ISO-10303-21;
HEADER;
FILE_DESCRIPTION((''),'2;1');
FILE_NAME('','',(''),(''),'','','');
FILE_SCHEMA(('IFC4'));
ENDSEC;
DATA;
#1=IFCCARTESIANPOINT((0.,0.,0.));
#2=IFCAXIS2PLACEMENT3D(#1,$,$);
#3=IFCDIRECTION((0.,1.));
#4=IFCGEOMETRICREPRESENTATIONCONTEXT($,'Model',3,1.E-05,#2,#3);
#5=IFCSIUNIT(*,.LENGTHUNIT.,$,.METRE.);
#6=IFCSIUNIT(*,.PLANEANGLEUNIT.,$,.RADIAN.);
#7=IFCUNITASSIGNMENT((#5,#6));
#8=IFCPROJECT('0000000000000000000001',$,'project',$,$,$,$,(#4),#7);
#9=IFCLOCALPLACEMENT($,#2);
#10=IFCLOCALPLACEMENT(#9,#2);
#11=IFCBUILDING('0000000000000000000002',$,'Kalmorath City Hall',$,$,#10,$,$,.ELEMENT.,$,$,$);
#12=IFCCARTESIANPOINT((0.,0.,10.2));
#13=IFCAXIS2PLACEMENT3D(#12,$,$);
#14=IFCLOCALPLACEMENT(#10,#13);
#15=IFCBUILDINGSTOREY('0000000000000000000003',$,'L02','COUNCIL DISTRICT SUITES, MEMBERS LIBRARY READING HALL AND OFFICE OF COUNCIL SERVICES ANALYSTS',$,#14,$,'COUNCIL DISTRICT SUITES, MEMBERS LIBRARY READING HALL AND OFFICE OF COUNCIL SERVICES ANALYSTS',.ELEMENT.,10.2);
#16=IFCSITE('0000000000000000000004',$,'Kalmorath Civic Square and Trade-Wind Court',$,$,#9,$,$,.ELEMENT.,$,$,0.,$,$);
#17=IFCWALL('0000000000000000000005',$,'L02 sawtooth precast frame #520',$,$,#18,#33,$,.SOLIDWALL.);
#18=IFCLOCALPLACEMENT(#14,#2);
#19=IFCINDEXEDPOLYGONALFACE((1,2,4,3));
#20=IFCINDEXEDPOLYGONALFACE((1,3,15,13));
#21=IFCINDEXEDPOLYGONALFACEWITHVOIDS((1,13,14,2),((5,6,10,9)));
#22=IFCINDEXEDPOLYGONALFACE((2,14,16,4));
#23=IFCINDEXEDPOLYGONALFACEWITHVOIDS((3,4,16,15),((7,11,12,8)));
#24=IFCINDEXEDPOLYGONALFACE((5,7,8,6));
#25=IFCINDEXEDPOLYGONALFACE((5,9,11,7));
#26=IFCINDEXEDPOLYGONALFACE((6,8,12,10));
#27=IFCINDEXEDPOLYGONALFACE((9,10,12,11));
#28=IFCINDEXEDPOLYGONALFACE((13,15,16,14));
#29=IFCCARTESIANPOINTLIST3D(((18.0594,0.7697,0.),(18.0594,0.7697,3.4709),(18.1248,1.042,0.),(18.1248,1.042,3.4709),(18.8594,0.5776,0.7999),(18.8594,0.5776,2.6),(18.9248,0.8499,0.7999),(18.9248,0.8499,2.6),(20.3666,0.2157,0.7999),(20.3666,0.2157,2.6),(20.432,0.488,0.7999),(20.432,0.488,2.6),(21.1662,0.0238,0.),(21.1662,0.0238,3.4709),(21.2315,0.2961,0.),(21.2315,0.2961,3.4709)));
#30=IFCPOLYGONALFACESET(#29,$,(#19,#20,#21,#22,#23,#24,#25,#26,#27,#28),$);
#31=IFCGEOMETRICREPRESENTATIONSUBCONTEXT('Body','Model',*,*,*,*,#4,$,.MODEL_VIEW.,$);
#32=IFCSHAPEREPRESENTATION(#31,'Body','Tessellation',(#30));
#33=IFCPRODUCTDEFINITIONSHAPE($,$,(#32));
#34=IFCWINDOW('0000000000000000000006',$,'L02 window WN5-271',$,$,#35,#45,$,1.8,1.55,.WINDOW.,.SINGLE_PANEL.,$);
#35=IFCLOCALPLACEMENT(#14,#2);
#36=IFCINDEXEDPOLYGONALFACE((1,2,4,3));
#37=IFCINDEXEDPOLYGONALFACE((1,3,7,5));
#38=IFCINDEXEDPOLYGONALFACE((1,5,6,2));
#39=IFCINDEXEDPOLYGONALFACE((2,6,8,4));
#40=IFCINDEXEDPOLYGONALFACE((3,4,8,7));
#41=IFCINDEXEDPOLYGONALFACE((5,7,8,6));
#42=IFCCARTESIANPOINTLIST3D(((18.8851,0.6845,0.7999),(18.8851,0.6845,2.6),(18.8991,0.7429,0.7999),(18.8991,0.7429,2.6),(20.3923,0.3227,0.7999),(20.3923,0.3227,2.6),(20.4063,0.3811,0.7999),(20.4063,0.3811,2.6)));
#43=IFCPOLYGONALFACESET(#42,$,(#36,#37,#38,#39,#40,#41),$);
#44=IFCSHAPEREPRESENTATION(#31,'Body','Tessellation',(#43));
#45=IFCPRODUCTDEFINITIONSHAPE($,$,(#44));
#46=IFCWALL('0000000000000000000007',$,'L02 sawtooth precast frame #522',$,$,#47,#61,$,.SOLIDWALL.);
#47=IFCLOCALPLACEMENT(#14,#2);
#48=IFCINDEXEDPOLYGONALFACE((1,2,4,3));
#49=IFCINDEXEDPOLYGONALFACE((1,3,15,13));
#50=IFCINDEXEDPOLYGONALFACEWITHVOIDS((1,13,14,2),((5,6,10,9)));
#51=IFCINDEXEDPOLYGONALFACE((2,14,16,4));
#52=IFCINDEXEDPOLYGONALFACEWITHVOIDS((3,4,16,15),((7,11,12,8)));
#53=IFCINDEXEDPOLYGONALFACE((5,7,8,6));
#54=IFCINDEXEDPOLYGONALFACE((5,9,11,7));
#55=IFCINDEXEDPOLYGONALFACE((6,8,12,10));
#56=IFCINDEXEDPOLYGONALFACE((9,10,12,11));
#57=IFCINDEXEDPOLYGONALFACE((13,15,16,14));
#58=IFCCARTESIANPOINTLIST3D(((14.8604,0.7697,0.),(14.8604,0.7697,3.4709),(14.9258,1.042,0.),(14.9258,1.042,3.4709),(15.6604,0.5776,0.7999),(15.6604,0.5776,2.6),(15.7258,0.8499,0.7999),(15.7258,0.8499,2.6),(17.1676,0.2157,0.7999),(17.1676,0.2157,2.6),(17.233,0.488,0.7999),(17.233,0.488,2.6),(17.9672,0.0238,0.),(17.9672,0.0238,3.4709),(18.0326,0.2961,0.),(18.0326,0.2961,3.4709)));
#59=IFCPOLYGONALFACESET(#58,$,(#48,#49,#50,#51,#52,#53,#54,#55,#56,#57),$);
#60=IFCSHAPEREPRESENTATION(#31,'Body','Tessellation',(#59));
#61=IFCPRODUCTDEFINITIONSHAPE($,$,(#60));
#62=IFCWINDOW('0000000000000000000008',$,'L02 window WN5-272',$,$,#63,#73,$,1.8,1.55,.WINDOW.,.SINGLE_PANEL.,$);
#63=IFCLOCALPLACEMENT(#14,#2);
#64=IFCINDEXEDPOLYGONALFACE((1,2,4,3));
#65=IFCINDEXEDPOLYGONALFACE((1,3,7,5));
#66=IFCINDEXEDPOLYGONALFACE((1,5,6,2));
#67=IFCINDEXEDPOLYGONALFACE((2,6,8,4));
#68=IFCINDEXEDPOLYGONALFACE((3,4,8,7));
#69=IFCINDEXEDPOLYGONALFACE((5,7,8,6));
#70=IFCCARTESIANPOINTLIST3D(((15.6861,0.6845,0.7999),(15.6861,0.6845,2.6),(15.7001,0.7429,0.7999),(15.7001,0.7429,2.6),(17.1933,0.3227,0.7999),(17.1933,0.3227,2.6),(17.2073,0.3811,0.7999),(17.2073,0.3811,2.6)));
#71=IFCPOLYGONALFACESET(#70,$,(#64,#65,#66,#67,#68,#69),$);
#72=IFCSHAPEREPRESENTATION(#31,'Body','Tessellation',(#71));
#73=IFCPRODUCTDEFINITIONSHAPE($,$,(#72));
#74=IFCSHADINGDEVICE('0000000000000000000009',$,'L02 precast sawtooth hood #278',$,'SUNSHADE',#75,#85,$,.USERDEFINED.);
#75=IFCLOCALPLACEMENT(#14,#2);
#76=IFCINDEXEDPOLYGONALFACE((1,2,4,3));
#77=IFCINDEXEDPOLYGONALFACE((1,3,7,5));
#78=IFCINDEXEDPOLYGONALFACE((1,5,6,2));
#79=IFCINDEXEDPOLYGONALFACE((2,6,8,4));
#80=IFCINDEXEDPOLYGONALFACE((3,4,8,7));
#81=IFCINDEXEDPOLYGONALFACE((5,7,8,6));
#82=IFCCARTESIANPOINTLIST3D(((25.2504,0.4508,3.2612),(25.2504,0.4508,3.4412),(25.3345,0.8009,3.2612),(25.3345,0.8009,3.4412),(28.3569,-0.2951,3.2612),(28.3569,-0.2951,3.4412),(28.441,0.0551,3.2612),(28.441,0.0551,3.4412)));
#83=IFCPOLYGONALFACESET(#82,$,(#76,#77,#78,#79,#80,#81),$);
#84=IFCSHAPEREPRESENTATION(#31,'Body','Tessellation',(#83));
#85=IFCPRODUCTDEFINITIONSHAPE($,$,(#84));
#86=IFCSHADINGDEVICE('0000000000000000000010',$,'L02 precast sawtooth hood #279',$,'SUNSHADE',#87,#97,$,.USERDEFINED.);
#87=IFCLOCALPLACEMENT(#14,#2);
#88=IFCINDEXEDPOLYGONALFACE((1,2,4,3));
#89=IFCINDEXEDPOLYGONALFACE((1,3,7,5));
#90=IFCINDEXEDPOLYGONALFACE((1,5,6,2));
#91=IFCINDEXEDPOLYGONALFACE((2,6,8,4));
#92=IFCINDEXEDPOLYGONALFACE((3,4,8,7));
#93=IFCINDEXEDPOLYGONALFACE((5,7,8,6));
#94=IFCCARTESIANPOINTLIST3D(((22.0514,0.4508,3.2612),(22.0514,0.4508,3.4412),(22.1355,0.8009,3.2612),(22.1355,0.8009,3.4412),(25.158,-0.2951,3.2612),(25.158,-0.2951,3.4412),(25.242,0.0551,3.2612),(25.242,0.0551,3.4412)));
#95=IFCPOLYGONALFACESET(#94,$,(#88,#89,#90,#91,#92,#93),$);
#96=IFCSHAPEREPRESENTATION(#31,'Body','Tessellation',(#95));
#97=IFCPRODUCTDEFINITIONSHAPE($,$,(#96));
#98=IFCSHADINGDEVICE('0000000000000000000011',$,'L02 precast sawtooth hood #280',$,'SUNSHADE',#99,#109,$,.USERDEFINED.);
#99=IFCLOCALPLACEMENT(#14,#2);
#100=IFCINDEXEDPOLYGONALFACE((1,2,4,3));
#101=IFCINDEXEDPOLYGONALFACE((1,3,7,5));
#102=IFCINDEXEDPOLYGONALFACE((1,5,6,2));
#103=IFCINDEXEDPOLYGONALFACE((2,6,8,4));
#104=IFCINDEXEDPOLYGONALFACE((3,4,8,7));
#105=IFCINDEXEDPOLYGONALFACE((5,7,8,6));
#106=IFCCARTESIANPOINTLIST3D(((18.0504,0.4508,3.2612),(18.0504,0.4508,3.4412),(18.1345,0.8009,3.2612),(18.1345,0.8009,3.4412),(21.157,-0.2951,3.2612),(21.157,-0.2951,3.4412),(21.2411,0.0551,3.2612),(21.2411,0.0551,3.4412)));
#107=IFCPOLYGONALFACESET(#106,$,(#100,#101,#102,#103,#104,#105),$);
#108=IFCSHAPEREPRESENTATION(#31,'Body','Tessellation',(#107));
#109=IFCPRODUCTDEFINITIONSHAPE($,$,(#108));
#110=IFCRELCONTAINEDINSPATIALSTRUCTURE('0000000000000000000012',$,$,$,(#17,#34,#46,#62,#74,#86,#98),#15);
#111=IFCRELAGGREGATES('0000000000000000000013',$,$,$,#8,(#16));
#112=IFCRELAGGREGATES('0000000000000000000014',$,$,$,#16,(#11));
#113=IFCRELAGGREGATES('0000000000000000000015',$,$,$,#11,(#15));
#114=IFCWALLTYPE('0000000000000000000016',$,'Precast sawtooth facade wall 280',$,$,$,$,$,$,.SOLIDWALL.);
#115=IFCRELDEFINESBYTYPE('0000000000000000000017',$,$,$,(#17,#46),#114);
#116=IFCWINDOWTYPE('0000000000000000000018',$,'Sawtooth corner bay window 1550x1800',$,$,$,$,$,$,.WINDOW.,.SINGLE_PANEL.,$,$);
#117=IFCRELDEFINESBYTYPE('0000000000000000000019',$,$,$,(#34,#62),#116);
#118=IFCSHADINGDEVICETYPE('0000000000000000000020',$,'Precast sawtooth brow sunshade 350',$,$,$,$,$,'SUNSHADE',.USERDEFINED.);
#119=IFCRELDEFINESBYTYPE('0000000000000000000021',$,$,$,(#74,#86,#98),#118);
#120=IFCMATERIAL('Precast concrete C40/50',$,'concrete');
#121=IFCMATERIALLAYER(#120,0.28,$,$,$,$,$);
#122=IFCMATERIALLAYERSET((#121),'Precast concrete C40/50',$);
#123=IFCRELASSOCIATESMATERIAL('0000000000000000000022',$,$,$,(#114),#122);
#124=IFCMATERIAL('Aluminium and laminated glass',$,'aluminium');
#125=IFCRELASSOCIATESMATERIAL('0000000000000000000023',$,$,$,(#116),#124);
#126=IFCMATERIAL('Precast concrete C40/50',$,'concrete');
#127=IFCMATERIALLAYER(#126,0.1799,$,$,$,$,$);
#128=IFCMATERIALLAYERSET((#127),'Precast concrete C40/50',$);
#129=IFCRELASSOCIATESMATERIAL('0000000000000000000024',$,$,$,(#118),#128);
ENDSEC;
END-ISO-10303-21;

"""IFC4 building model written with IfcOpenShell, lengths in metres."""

from ifc_helpers import new_model, si_unit, direction, frame, frame_2d, origin, origin_2d, place, context, subcontext, project, spatial, rectangle, extrude, material, layer, layer_set, type_object, element, fill, save


model = new_model("IFC4")

# Units and contexts
model_context = context("Model", 3, precision=1e-05, world=origin(), true_north=direction((0.0, 1.0)))
body_context = subcontext(model_context, "Body", "Model", "MODEL_VIEW")
ifc_project = project(units=[si_unit("LENGTHUNIT", "METRE"), si_unit("PLANEANGLEUNIT", "RADIAN")], contexts=[model_context])

# Site, building, storey
site_placement = place(None, origin())
site = spatial("IfcSite", under=ifc_project, at=site_placement, Name="Kalmorath Civic Square and Trade-Wind Court", CompositionType="ELEMENT", RefElevation=0.0)
building_placement = place(site_placement, origin())
building = spatial("IfcBuilding", under=site, at=building_placement, Name="Kalmorath City Hall", CompositionType="ELEMENT")
storey_placement = place(building_placement, frame((0.0, 0.0, 10.2)))
storey = spatial("IfcBuildingStorey", under=building, at=storey_placement, Name="L02", Description="COUNCIL DISTRICT SUITES, MEMBERS LIBRARY READING HALL AND OFFICE OF COUNCIL SERVICES ANALYSTS", LongName="COUNCIL DISTRICT SUITES, MEMBERS LIBRARY READING HALL AND OFFICE OF COUNCIL SERVICES ANALYSTS", CompositionType="ELEMENT", Elevation=10.2)

# Walls, openings, windows
ifc_material_1 = material(Name="Precast concrete C40/50", Category="concrete")
ifc_layer_1 = layer(ifc_material_1, 0.28)
ifc_layer_set_1 = layer_set([ifc_layer_1], Name="Precast concrete C40/50")
wall_type_1 = type_object("IfcWallType", Name="Precast sawtooth facade wall 280", PredefinedType="SOLIDWALL", material=ifc_layer_set_1)
ifc_material_2 = material(Name="Aluminium and laminated glass", Category="aluminium")
window_type = type_object("IfcWindowType", Name="Sawtooth corner bay window 1550x1800", PartitioningType="SINGLE_PANEL", PredefinedType="WINDOW", material=ifc_material_2)
wall_1_placement = place(storey_placement, frame((21.199, 0.1599, 0.0), z_axis=(0.0, 0.0, 1.0), x_axis=(-0.97237, 0.233445, 0.0)))
wall_1 = element("IfcWall", 1, at=wall_1_placement, inside=storey, type_object=wall_type_1, Name="L02 sawtooth precast frame #520", PredefinedType="SOLIDWALL", context=body_context, shape_type="SweptSolid", body=[
    extrude(rectangle(XDim=3.1951, YDim=0.28, at=frame_2d((1.5977, 0.0))), origin(), (0.0, 0.0, 1.0), 3.4709),
])
opening_1_placement = place(wall_1_placement, frame((0.8225, 0.0, 0.8)))
opening_1 = element("IfcOpeningElement", 2, at=opening_1_placement, cuts=wall_1, PredefinedType="OPENING", context=body_context, shape_type="SweptSolid", body=[
    extrude(rectangle(XDim=1.55, YDim=1.8, at=frame_2d((0.7749, 0.8999))), frame((0.0, 0.1499, 0.0), z_axis=(0.0, -1.0, 0.0), x_axis=(1.0, 0.0, 0.0)), (0.0, 0.0, 1.0), 0.3),
])
window_1_placement = place(opening_1_placement, origin())
window_1 = element("IfcWindow", 3, at=window_1_placement, inside=storey, type_object=window_type, Name="L02 window WN5-271", OverallHeight=1.8, OverallWidth=1.55, PartitioningType="SINGLE_PANEL", PredefinedType="WINDOW", context=body_context, shape_type="SweptSolid", body=[
    extrude(rectangle(XDim=1.55, YDim=1.8, at=frame_2d((0.7749, 0.8999))), frame((0.0, 0.03, 0.0), z_axis=(0.0, -1.0, 0.0), x_axis=(1.0, 0.0, 0.0)), (0.0, 0.0, 1.0), 0.0601),
])
fill(opening_1, window_1)
wall_2_placement = place(storey_placement, frame((18.0, 0.1599, 0.0), z_axis=(0.0, 0.0, 1.0), x_axis=(-0.97237, 0.233445, 0.0)))
wall_2 = element("IfcWall", 4, at=wall_2_placement, inside=storey, type_object=wall_type_1, Name="L02 sawtooth precast frame #522", PredefinedType="SOLIDWALL", context=body_context, shape_type="SweptSolid", body=[
    extrude(rectangle(XDim=3.1951, YDim=0.28, at=frame_2d((1.5977, 0.0))), origin(), (0.0, 0.0, 1.0), 3.4709),
])
opening_2_placement = place(wall_2_placement, frame((0.8225, 0.0, 0.8)))
opening_2 = element("IfcOpeningElement", 5, at=opening_2_placement, cuts=wall_2, PredefinedType="OPENING", context=body_context, shape_type="SweptSolid", body=[
    extrude(rectangle(XDim=1.55, YDim=1.8, at=frame_2d((0.7749, 0.8999))), frame((0.0, 0.1499, 0.0), z_axis=(0.0, -1.0, 0.0), x_axis=(1.0, 0.0, 0.0)), (0.0, 0.0, 1.0), 0.3),
])
window_2_placement = place(opening_2_placement, origin())
window_2 = element("IfcWindow", 6, at=window_2_placement, inside=storey, type_object=window_type, Name="L02 window WN5-272", OverallHeight=1.8, OverallWidth=1.55, PartitioningType="SINGLE_PANEL", PredefinedType="WINDOW", context=body_context, shape_type="SweptSolid", body=[
    extrude(rectangle(XDim=1.55, YDim=1.8, at=frame_2d((0.7749, 0.8999))), frame((0.0, 0.03, 0.0), z_axis=(0.0, -1.0, 0.0), x_axis=(1.0, 0.0, 0.0)), (0.0, 0.0, 1.0), 0.0601),
])
fill(opening_2, window_2)

# Shading devices
ifc_material_3 = material(Name="Precast concrete C40/50", Category="concrete")
ifc_layer_2 = layer(ifc_material_3, 0.1799)
ifc_layer_set_2 = layer_set([ifc_layer_2], Name="Precast concrete C40/50")
shading_device_type = type_object("IfcShadingDeviceType", Name="Precast sawtooth brow sunshade 350", ElementType="SUNSHADE", PredefinedType="USERDEFINED", material=ifc_layer_set_2)
for number, where, z_axis, x_axis, name in (
    (7, (26.8457, 0.2529, 3.2612), (0.0, 0.0, 1.0), (-0.97237, 0.233445, 0.0), "L02 precast sawtooth hood #278"),
    (8, (23.6467, 0.2529, 3.2612), (0.0, 0.0, 1.0), (-0.97237, 0.233445, 0.0), "L02 precast sawtooth hood #279"),
    (9, (19.6458, 0.2529, 3.2612), (0.0, 0.0, 1.0), (-0.97237, 0.233445, 0.0), "L02 precast sawtooth hood #280"),
):
    element("IfcShadingDevice", number, at=place(storey_placement, frame(where, z_axis=z_axis, x_axis=x_axis)), inside=storey, type_object=shading_device_type, Name=name, ObjectType="SUNSHADE", PredefinedType="USERDEFINED", context=body_context, shape_type="SweptSolid", body=[
        extrude(rectangle(XDim=3.1948, YDim=0.3601, at=origin_2d()), origin(), (0.0, 0.0, 1.0), 0.1799),
    ])

save(model, "model.ifc")
